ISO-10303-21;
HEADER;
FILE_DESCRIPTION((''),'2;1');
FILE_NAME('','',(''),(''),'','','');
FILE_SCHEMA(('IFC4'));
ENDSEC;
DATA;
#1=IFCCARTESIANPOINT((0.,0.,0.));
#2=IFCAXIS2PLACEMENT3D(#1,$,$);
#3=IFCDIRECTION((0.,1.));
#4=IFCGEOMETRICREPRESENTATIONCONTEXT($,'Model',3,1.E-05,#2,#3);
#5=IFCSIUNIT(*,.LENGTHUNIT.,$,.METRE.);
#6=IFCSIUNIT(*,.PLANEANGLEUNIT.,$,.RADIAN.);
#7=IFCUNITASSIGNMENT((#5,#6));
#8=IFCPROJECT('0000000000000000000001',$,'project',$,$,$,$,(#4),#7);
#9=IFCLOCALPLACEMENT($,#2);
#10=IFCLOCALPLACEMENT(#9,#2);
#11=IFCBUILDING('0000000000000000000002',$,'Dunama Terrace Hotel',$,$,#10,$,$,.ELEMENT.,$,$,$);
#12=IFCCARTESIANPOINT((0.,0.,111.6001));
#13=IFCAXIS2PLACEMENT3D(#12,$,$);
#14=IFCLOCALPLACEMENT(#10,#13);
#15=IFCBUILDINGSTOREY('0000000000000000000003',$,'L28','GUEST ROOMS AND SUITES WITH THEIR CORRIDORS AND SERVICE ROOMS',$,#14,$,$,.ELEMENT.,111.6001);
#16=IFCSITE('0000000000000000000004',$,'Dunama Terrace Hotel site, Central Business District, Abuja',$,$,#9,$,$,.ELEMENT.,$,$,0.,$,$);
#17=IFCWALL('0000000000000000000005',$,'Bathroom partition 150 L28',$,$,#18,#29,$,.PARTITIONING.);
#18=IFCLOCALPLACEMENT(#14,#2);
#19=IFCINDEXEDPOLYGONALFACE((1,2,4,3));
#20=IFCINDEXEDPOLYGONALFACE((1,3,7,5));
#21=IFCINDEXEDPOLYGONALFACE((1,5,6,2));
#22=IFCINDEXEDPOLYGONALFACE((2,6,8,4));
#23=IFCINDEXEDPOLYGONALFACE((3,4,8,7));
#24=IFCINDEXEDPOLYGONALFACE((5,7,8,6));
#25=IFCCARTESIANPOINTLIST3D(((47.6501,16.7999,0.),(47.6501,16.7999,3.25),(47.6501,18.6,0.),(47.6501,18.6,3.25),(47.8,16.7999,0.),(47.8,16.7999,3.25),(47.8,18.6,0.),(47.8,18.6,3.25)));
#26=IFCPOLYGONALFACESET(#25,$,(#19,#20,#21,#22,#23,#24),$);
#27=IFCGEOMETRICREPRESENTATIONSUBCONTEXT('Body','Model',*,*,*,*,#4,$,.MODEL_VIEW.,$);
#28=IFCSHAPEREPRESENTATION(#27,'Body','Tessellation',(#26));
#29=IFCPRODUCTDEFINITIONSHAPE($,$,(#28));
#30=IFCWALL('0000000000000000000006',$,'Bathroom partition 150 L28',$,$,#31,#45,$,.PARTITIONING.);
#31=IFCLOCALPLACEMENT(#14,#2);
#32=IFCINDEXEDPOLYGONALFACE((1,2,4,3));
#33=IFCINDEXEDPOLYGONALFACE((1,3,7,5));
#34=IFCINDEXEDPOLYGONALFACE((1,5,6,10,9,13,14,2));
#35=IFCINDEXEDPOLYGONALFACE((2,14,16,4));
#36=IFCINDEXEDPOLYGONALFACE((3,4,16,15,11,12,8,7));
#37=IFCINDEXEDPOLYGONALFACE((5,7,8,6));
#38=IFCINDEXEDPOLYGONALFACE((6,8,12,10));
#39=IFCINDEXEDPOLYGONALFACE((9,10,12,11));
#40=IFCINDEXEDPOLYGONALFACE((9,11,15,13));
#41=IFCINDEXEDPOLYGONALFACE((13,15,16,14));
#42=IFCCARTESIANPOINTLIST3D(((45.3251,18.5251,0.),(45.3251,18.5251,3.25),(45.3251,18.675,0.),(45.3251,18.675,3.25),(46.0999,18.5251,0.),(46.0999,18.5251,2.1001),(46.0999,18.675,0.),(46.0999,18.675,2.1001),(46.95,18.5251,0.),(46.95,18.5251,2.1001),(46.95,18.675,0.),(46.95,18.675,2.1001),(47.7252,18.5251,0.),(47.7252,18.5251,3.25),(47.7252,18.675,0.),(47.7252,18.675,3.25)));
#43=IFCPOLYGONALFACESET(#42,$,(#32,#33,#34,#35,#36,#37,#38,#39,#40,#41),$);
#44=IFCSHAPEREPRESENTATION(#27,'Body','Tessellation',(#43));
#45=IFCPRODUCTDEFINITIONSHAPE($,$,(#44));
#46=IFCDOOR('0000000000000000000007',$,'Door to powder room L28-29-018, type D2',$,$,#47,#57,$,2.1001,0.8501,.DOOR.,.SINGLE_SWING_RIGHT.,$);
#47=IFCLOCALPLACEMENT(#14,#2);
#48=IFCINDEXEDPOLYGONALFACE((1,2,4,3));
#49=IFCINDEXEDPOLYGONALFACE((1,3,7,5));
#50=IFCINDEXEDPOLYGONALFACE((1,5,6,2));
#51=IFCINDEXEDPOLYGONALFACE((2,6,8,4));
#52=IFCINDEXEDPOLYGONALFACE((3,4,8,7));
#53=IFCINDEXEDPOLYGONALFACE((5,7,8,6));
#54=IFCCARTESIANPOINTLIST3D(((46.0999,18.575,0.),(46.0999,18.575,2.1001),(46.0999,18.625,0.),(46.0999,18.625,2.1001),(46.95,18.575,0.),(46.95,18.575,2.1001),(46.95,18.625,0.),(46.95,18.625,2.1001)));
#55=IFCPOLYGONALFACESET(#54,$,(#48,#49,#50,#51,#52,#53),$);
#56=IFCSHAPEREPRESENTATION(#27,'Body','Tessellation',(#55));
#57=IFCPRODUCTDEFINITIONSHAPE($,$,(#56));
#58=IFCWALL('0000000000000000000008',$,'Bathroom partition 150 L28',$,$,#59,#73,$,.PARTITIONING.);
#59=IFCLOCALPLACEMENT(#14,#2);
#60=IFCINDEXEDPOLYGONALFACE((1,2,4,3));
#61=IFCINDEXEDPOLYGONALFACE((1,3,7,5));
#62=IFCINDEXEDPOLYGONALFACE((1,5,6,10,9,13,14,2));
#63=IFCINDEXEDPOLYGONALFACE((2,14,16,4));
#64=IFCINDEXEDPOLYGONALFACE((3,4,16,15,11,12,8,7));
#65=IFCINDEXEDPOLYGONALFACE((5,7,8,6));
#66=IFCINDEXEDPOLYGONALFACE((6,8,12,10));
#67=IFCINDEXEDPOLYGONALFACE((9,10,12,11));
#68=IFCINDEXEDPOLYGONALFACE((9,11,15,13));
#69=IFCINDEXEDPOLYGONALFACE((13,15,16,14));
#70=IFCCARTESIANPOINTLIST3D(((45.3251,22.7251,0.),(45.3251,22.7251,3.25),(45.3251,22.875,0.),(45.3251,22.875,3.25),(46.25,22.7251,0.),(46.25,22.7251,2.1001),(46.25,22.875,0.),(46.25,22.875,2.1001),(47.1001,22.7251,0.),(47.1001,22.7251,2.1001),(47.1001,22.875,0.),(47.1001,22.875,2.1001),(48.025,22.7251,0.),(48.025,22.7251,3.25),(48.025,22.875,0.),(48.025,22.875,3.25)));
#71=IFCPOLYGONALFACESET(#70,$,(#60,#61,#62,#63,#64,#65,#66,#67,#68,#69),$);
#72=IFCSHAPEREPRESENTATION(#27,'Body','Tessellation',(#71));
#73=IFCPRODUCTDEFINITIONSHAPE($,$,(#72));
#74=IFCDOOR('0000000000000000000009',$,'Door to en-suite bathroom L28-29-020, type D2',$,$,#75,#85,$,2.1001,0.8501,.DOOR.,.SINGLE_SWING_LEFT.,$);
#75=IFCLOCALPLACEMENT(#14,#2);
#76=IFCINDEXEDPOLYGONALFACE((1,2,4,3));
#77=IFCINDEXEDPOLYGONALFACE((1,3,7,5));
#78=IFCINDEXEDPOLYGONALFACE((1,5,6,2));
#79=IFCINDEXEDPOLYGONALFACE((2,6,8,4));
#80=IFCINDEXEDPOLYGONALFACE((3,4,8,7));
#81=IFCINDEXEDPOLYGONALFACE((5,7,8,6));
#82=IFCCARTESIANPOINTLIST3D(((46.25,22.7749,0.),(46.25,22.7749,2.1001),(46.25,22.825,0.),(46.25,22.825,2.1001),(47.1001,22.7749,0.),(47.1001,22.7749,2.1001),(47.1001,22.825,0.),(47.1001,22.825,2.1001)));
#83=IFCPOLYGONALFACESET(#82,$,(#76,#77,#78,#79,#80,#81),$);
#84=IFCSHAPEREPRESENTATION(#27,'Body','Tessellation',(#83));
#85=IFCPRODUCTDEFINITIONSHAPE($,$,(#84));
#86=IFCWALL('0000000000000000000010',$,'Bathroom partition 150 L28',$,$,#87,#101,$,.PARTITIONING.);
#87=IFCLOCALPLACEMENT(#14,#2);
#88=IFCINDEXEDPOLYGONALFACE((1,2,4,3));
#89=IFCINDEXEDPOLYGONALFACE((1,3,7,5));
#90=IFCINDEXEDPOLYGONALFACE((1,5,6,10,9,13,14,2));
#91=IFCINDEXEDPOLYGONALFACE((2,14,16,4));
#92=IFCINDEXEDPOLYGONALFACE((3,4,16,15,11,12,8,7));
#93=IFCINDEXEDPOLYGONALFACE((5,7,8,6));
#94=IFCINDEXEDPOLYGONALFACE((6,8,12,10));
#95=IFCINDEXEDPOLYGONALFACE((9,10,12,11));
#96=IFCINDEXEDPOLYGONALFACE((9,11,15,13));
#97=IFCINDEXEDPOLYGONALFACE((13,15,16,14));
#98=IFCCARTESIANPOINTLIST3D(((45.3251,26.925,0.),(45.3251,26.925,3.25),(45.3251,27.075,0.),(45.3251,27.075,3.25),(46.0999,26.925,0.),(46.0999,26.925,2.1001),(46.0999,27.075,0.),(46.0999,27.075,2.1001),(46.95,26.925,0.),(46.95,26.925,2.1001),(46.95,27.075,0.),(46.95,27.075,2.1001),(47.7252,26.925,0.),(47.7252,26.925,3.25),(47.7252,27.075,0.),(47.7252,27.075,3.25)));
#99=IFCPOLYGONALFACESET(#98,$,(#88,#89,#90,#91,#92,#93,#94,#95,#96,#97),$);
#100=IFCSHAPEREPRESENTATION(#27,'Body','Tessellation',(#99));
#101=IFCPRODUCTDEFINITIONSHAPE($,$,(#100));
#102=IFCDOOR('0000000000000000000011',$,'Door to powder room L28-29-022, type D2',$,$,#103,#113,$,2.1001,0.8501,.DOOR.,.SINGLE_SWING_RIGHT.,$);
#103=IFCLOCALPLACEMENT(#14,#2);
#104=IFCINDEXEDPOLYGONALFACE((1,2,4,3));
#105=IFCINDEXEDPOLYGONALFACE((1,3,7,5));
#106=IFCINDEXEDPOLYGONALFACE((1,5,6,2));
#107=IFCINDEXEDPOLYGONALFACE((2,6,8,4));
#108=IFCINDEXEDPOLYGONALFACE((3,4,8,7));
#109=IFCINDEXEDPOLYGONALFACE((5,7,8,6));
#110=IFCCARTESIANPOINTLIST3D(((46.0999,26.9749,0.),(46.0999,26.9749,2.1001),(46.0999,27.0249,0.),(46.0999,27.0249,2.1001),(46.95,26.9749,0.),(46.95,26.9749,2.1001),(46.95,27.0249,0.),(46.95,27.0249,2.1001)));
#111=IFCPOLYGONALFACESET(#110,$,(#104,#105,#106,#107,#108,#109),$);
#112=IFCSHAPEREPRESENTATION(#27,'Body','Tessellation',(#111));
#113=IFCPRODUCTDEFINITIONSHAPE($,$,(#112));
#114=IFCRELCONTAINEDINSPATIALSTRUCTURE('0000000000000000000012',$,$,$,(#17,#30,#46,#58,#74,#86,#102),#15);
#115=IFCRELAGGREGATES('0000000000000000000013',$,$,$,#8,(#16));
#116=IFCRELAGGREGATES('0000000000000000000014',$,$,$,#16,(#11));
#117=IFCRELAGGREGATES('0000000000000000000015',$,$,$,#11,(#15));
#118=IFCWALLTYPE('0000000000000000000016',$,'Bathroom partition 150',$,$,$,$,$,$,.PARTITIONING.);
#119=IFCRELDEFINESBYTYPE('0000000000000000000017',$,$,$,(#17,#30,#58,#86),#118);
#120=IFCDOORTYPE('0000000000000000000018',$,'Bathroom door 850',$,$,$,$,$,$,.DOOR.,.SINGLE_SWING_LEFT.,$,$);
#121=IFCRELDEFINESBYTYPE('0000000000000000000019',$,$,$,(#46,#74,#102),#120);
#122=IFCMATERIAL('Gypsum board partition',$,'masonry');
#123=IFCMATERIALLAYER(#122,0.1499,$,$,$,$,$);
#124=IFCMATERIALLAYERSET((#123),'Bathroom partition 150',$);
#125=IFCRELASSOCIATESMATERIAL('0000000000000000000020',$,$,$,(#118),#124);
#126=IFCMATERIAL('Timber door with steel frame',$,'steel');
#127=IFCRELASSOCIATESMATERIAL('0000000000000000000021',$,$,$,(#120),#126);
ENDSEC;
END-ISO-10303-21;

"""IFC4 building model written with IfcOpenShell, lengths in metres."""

from ifc_helpers import new_model, si_unit, direction, frame, frame_2d, origin, place, context, subcontext, project, spatial, rectangle, extrude, material, layer, layer_set, type_object, element, fill, save


model = new_model("IFC4")

# Units and contexts
model_context = context("Model", 3, precision=1e-05, world=origin(), true_north=direction((0.0, 1.0)))
body_context = subcontext(model_context, "Body", "Model", "MODEL_VIEW")
ifc_project = project(units=[si_unit("LENGTHUNIT", "METRE"), si_unit("PLANEANGLEUNIT", "RADIAN")], contexts=[model_context])

# Site, building, storey
site_placement = place(None, origin())
site = spatial("IfcSite", under=ifc_project, at=site_placement, Name="Dunama Terrace Hotel site, Central Business District, Abuja", CompositionType="ELEMENT", RefElevation=0.0)
building_placement = place(site_placement, origin())
building = spatial("IfcBuilding", under=site, at=building_placement, Name="Dunama Terrace Hotel", CompositionType="ELEMENT")
storey_placement = place(building_placement, frame((0.0, 0.0, 111.6001)))
storey = spatial("IfcBuildingStorey", under=building, at=storey_placement, Name="L28", Description="GUEST ROOMS AND SUITES WITH THEIR CORRIDORS AND SERVICE ROOMS", CompositionType="ELEMENT", Elevation=111.6001)

# Wall
ifc_material_1 = material(Name="Gypsum board partition", Category="masonry")
ifc_layer_1 = layer(ifc_material_1, 0.1499)
ifc_layer_set_1 = layer_set([ifc_layer_1], Name="Bathroom partition 150")
wall_type_1 = type_object("IfcWallType", Name="Bathroom partition 150", PredefinedType="PARTITIONING", material=ifc_layer_set_1)
wall_1_placement = place(storey_placement, frame((47.7251, 16.8, 0.0), z_axis=(0.0, 0.0, 1.0), x_axis=(0.0, 1.0, 0.0)))
element("IfcWall", 1, at=wall_1_placement, inside=storey, type_object=wall_type_1, Name="Bathroom partition 150 L28", PredefinedType="PARTITIONING", context=body_context, shape_type="SweptSolid", body=[
    extrude(rectangle(XDim=1.8, YDim=0.1499, at=frame_2d((0.8999, 0.0))), origin(), (0.0, 0.0, 1.0), 3.25),
])

# Walls, openings, doors
wall_2_placement = place(storey_placement, frame((45.325, 18.6001, 0.0), z_axis=(0.0, 0.0, 1.0), x_axis=(1.0, 0.0, 0.0)))
wall_2 = element("IfcWall", 2, at=wall_2_placement, inside=storey, type_object=wall_type_1, Name="Bathroom partition 150 L28", PredefinedType="PARTITIONING", context=body_context, shape_type="SweptSolid", body=[
    extrude(rectangle(XDim=2.4001, YDim=0.1499, at=frame_2d((1.2002, 0.0))), origin(), (0.0, 0.0, 1.0), 3.25),
])
opening_1_placement = place(wall_2_placement, frame((0.7749, 0.0, 0.0)))
opening_1 = element("IfcOpeningElement", 3, at=opening_1_placement, cuts=wall_2, PredefinedType="OPENING", context=body_context, shape_type="SweptSolid", body=[
    extrude(rectangle(XDim=0.8501, YDim=2.1001, at=frame_2d((0.425, 1.05))), frame((0.0, 0.085, 0.0), z_axis=(0.0, -1.0, 0.0), x_axis=(1.0, 0.0, 0.0)), (0.0, 0.0, 1.0), 0.1699),
])
ifc_material_2 = material(Name="Timber door with steel frame", Category="steel")
door_type_1 = type_object("IfcDoorType", Name="Bathroom door 850", OperationType="SINGLE_SWING_LEFT", PredefinedType="DOOR", material=ifc_material_2)
door_1_placement = place(opening_1_placement, frame((0.8501, 0.0, 0.0), z_axis=(0.0, 0.0, 1.0), x_axis=(-1.0, 0.0, 0.0)))
door_1 = element("IfcDoor", 4, at=door_1_placement, inside=storey, type_object=door_type_1, Name="Door to powder room L28-29-018, type D2", OperationType="SINGLE_SWING_RIGHT", OverallHeight=2.1001, OverallWidth=0.8501, PredefinedType="DOOR", context=body_context, shape_type="SweptSolid", body=[
    extrude(rectangle(XDim=0.8501, YDim=2.1001, at=frame_2d((0.425, 1.05))), frame((0.0, 0.0251, 0.0), z_axis=(0.0, -1.0, 0.0), x_axis=(1.0, 0.0, 0.0)), (0.0, 0.0, 1.0), 0.05),
])
fill(opening_1, door_1)
wall_3_placement = place(storey_placement, frame((45.325, 22.8, 0.0), z_axis=(0.0, 0.0, 1.0), x_axis=(1.0, 0.0, 0.0)))
wall_3 = element("IfcWall", 5, at=wall_3_placement, inside=storey, type_object=wall_type_1, Name="Bathroom partition 150 L28", PredefinedType="PARTITIONING", context=body_context, shape_type="SweptSolid", body=[
    extrude(rectangle(XDim=2.7, YDim=0.1499, at=frame_2d((1.3501, 0.0))), origin(), (0.0, 0.0, 1.0), 3.25),
])
opening_2_placement = place(wall_3_placement, frame((0.925, 0.0, 0.0)))
opening_2 = element("IfcOpeningElement", 6, at=opening_2_placement, cuts=wall_3, PredefinedType="OPENING", context=body_context, shape_type="SweptSolid", body=[
    extrude(rectangle(XDim=0.8501, YDim=2.1001, at=frame_2d((0.425, 1.05))), frame((0.0, 0.085, 0.0), z_axis=(0.0, -1.0, 0.0), x_axis=(1.0, 0.0, 0.0)), (0.0, 0.0, 1.0), 0.1699),
])
door_2_placement = place(opening_2_placement, origin())
door_2 = element("IfcDoor", 7, at=door_2_placement, inside=storey, type_object=door_type_1, Name="Door to en-suite bathroom L28-29-020, type D2", OperationType="SINGLE_SWING_LEFT", OverallHeight=2.1001, OverallWidth=0.8501, PredefinedType="DOOR", context=body_context, shape_type="SweptSolid", body=[
    extrude(rectangle(XDim=0.8501, YDim=2.1001, at=frame_2d((0.425, 1.05))), frame((0.0, 0.0249, 0.0), z_axis=(0.0, -1.0, 0.0), x_axis=(1.0, 0.0, 0.0)), (0.0, 0.0, 1.0), 0.05),
])
fill(opening_2, door_2)
wall_4_placement = place(storey_placement, frame((45.325, 27.0, 0.0), z_axis=(0.0, 0.0, 1.0), x_axis=(1.0, 0.0, 0.0)))
wall_4 = element("IfcWall", 8, at=wall_4_placement, inside=storey, type_object=wall_type_1, Name="Bathroom partition 150 L28", PredefinedType="PARTITIONING", context=body_context, shape_type="SweptSolid", body=[
    extrude(rectangle(XDim=2.4001, YDim=0.1499, at=frame_2d((1.2002, 0.0))), origin(), (0.0, 0.0, 1.0), 3.25),
])
opening_3_placement = place(wall_4_placement, frame((0.7749, 0.0, 0.0)))
opening_3 = element("IfcOpeningElement", 9, at=opening_3_placement, cuts=wall_4, PredefinedType="OPENING", context=body_context, shape_type="SweptSolid", body=[
    extrude(rectangle(XDim=0.8501, YDim=2.1001, at=frame_2d((0.425, 1.05))), frame((0.0, 0.085, 0.0), z_axis=(0.0, -1.0, 0.0), x_axis=(1.0, 0.0, 0.0)), (0.0, 0.0, 1.0), 0.1699),
])
door_3_placement = place(opening_3_placement, frame((0.8501, 0.0, 0.0), z_axis=(0.0, 0.0, 1.0), x_axis=(-1.0, 0.0, 0.0)))
door_3 = element("IfcDoor", 10, at=door_3_placement, inside=storey, type_object=door_type_1, Name="Door to powder room L28-29-022, type D2", OperationType="SINGLE_SWING_RIGHT", OverallHeight=2.1001, OverallWidth=0.8501, PredefinedType="DOOR", context=body_context, shape_type="SweptSolid", body=[
    extrude(rectangle(XDim=0.8501, YDim=2.1001, at=frame_2d((0.425, 1.05))), frame((0.0, 0.0251, 0.0), z_axis=(0.0, -1.0, 0.0), x_axis=(1.0, 0.0, 0.0)), (0.0, 0.0, 1.0), 0.05),
])
fill(opening_3, door_3)

save(model, "model.ifc")
